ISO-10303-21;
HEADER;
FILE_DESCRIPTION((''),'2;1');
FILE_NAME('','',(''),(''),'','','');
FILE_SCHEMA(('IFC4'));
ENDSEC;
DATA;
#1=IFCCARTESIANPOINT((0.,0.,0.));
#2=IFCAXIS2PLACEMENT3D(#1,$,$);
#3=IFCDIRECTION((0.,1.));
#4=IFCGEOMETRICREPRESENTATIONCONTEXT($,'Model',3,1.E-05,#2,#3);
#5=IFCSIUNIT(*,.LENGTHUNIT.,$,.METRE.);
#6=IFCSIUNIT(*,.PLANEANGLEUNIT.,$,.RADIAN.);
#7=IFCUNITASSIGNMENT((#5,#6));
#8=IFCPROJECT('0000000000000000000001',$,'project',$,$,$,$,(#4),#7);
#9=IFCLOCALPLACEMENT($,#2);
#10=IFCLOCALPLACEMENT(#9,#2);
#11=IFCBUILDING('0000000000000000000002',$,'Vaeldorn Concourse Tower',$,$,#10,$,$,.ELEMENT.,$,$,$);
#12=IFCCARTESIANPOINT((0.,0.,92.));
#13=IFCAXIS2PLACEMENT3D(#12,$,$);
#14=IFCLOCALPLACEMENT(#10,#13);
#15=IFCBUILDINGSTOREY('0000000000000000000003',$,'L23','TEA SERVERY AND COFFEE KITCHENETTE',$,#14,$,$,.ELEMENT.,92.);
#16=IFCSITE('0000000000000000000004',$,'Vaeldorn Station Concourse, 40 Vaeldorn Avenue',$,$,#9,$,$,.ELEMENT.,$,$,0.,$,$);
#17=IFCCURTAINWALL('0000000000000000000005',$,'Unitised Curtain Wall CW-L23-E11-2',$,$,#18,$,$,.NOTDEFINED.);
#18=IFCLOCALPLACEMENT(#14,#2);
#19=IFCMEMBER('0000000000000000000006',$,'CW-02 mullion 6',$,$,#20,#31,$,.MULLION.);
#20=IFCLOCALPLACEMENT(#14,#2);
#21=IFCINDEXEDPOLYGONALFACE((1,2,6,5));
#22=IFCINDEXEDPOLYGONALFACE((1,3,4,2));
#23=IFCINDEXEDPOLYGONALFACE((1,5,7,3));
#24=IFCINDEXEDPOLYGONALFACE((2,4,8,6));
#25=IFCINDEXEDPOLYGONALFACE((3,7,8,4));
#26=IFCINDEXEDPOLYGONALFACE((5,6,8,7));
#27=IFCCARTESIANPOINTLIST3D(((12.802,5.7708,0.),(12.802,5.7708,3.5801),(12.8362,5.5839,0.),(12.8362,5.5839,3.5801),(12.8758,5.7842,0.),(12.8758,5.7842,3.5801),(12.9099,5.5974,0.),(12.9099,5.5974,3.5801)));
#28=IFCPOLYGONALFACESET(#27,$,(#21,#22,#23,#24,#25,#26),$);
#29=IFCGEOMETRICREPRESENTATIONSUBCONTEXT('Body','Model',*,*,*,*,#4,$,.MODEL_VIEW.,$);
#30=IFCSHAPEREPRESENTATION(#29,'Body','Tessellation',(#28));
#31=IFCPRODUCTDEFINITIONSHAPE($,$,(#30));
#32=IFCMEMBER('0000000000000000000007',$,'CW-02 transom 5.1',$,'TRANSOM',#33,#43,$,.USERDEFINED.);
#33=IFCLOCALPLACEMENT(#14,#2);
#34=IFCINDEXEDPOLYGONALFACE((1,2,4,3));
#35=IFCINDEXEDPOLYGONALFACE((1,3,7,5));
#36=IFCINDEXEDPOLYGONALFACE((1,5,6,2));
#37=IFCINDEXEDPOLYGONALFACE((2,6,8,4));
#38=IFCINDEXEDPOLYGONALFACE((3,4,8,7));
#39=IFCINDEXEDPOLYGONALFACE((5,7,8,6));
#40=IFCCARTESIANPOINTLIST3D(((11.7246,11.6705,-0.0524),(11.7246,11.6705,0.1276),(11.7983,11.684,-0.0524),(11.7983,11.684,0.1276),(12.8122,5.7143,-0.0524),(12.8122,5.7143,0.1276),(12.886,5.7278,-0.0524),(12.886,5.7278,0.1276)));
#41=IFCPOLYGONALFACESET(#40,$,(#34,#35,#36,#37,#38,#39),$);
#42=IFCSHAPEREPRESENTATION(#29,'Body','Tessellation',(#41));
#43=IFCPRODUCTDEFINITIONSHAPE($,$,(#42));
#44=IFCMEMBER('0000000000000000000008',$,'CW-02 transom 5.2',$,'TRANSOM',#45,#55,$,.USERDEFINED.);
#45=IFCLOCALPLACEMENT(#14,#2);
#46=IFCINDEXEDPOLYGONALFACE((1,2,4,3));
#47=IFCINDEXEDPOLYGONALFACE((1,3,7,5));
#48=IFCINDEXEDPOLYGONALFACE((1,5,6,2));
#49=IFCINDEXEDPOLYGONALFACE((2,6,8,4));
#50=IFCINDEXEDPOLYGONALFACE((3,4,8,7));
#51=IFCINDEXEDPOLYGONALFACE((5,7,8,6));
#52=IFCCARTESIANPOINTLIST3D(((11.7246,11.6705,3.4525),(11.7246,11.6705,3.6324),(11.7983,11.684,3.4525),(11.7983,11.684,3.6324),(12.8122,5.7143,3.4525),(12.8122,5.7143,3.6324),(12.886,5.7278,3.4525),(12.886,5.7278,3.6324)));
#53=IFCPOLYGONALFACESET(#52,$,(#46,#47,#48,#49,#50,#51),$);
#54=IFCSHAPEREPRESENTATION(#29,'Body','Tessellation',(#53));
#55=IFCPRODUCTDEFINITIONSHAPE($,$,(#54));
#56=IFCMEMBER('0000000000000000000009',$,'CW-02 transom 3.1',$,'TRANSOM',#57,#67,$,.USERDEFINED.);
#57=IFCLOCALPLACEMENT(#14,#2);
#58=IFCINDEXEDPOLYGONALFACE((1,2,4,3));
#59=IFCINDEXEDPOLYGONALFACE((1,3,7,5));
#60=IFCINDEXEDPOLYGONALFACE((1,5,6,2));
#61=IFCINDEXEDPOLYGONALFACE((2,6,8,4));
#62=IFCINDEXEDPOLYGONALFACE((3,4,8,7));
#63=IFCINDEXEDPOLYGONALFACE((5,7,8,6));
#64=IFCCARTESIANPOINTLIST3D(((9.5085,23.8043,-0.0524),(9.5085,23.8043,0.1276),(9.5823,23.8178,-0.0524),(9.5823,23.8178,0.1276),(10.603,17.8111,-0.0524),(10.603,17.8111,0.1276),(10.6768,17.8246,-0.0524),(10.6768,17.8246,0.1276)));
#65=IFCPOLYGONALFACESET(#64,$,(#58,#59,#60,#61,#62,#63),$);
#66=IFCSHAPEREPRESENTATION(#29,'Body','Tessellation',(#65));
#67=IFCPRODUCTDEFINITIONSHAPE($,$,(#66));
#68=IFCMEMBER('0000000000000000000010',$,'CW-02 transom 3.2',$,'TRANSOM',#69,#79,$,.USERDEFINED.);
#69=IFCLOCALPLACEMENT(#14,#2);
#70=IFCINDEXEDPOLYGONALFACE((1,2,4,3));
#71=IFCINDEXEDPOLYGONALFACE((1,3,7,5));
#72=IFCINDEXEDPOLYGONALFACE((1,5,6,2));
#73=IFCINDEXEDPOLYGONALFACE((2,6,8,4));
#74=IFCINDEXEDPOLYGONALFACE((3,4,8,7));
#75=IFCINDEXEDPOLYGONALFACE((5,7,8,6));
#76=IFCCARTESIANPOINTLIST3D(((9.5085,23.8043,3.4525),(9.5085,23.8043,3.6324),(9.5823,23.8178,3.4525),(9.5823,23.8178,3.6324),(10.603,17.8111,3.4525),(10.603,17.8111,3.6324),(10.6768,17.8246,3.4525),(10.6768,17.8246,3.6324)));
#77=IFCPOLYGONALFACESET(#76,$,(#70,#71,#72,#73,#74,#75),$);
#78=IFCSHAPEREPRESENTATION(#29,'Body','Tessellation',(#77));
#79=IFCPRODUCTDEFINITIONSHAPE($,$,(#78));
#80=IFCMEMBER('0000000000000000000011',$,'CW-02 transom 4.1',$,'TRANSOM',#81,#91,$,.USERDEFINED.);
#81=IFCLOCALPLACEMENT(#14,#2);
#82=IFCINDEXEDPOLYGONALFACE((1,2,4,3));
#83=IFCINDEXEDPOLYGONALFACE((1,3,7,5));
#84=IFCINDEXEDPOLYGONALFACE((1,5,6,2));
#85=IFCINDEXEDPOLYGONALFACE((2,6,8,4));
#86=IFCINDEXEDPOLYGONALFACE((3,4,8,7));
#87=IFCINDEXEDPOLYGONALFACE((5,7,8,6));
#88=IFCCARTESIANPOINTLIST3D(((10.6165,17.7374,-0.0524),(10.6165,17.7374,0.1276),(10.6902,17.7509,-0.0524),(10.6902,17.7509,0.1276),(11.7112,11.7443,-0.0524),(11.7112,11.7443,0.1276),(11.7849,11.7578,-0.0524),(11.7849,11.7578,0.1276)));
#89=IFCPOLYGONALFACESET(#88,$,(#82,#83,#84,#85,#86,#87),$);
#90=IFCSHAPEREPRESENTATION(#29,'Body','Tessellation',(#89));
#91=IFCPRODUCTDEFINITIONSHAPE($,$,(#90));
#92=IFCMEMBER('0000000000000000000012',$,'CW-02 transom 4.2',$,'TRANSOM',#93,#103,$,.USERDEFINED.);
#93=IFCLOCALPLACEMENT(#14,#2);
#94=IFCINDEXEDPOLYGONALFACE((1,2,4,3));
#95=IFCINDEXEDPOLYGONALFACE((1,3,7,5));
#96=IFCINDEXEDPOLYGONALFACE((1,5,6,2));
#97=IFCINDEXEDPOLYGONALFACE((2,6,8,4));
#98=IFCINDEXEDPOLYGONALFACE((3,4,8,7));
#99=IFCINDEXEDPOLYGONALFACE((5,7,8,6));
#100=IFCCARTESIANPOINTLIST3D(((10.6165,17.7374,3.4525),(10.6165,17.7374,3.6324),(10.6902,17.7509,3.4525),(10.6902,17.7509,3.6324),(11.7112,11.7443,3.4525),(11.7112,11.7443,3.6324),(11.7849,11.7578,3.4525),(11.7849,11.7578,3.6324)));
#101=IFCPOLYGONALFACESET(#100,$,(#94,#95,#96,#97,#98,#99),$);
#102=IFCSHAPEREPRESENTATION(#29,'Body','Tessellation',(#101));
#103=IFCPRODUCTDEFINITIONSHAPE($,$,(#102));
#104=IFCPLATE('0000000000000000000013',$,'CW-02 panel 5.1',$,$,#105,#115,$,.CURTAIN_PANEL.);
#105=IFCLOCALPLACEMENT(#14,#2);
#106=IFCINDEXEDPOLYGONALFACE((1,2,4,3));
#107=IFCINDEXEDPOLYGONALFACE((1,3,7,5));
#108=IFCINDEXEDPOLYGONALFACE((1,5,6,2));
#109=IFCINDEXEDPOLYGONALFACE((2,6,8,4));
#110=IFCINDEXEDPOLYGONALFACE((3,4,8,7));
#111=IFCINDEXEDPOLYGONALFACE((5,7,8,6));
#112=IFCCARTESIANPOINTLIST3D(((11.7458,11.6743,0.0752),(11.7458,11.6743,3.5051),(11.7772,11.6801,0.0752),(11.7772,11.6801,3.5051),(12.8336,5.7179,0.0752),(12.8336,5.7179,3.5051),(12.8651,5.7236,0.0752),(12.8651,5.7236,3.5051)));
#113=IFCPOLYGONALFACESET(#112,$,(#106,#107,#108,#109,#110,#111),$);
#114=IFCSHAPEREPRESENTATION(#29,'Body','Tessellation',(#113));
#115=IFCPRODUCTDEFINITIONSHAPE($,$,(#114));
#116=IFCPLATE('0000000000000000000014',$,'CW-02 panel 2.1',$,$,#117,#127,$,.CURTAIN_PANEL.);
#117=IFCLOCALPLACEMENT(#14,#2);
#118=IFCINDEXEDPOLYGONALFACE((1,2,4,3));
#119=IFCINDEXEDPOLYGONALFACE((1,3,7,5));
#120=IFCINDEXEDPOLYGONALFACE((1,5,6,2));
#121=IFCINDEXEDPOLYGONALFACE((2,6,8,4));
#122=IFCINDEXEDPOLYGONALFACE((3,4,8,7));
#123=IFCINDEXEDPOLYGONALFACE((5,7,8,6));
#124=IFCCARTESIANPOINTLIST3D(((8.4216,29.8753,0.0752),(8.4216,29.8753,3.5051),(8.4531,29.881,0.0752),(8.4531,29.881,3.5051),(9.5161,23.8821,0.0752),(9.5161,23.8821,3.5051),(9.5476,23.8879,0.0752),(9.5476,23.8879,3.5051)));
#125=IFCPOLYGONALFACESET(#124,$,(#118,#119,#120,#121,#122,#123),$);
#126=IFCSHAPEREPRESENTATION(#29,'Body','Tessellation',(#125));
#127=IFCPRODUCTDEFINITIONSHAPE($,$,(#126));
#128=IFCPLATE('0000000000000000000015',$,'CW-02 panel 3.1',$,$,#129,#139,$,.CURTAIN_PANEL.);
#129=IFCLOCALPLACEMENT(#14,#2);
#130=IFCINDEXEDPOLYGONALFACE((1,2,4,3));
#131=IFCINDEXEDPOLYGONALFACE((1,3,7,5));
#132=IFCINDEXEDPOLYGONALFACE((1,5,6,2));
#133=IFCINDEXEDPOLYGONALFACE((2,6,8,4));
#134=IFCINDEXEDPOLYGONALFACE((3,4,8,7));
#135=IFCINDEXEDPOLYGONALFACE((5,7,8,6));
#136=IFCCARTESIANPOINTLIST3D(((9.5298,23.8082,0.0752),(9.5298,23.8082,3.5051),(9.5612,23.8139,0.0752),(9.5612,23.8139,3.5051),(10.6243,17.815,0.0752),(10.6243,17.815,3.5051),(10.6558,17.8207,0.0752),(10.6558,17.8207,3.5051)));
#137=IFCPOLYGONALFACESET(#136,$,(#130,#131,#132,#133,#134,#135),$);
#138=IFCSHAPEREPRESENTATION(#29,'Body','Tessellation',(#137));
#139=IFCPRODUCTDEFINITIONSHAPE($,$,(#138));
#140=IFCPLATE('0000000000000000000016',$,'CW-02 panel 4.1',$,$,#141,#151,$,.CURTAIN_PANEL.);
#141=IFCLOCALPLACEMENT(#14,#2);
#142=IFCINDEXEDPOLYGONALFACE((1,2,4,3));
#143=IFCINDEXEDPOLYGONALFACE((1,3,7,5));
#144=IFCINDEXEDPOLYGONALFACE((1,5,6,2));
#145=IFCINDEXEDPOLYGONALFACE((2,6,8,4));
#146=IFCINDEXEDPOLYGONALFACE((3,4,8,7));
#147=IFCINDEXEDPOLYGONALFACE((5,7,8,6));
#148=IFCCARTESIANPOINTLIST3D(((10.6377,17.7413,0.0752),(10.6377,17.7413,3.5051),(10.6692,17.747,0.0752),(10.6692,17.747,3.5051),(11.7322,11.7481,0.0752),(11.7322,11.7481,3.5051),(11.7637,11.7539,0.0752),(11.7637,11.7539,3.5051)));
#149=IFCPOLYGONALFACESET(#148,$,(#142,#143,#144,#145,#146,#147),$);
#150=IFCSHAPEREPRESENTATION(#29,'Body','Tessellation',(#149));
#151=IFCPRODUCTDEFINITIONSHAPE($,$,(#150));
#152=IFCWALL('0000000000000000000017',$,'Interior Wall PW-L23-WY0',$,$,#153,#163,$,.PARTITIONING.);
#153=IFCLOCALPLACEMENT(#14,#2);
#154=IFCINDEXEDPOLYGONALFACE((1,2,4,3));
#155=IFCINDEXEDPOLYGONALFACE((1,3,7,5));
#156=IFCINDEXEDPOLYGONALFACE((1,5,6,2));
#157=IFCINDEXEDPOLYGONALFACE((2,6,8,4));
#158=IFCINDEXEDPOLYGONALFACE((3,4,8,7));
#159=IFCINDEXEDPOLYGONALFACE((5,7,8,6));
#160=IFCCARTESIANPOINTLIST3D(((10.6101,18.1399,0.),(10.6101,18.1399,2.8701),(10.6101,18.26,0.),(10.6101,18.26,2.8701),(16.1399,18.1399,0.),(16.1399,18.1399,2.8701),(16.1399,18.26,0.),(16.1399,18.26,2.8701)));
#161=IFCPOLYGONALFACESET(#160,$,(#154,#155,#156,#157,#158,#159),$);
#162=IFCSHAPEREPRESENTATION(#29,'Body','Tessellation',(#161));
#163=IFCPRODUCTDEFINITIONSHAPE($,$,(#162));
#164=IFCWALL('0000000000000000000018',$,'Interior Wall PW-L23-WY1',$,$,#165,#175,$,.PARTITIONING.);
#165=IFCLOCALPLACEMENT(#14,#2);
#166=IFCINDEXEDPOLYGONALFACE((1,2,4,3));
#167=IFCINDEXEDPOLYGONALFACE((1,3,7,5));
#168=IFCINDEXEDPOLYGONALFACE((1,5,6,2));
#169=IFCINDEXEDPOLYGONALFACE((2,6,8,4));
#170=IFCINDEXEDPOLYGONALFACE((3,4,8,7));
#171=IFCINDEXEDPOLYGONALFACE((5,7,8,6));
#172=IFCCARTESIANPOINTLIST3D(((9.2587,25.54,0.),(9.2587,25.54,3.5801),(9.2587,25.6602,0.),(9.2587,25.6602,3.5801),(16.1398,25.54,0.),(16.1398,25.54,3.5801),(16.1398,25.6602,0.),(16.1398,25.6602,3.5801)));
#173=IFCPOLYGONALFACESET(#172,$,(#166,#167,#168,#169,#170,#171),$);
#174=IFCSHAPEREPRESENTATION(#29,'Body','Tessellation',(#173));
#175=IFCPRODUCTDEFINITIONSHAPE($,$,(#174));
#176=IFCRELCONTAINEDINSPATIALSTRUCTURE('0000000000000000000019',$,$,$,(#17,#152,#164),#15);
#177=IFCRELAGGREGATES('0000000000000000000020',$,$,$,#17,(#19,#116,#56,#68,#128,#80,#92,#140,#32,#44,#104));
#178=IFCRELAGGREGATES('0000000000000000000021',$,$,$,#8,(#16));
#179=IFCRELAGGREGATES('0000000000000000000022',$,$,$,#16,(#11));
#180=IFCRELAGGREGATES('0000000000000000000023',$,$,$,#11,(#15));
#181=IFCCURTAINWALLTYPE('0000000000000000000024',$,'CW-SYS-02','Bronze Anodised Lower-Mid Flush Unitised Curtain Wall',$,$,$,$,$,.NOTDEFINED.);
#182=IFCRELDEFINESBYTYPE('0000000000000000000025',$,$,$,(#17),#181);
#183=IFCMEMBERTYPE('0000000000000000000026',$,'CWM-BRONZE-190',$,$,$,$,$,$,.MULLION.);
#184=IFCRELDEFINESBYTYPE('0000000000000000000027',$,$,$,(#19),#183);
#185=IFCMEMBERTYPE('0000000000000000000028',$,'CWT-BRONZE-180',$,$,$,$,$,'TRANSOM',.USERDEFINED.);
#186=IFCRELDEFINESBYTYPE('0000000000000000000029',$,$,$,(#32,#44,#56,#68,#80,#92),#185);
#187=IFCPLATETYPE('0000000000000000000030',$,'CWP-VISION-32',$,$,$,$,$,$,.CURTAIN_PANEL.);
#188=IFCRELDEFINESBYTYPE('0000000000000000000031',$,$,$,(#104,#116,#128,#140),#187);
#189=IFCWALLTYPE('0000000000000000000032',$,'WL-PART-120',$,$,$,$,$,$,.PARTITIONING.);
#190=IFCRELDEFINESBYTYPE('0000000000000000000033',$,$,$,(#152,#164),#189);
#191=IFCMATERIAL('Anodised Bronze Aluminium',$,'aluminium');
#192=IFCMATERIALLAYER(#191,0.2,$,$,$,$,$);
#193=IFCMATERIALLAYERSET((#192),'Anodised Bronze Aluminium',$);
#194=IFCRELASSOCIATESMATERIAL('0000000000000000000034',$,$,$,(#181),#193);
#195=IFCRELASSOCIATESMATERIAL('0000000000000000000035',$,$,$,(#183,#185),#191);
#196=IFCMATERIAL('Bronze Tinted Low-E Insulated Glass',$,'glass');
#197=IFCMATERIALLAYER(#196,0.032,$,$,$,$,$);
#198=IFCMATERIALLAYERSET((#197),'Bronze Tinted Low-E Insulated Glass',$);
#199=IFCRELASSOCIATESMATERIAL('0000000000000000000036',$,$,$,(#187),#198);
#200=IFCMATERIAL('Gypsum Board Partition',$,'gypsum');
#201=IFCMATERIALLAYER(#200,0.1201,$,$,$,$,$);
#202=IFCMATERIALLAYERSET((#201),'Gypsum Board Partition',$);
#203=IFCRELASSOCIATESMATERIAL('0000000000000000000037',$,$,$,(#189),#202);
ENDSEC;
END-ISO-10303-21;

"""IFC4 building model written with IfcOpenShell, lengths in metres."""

from ifc_helpers import new_model, si_unit, direction, frame, frame_2d, origin, origin_2d, place, context, subcontext, project, spatial, rectangle, extrude, source, transform, mapped, material, layer, layer_set, material_profile, profile_set, type_object, element, aggregate, save


model = new_model("IFC4")

# Units and contexts
model_context = context("Model", 3, precision=1e-05, world=origin(), true_north=direction((0.0, 1.0)))
body_context = subcontext(model_context, "Body", "Model", "MODEL_VIEW")
ifc_project = project(units=[si_unit("LENGTHUNIT", "METRE"), si_unit("PLANEANGLEUNIT", "RADIAN")], contexts=[model_context])

# Site, building, storey
site_placement = place(None, origin())
site = spatial("IfcSite", under=ifc_project, at=site_placement, Name="Vaeldorn Station Concourse, 40 Vaeldorn Avenue", CompositionType="ELEMENT", RefElevation=0.0)
building_placement = place(site_placement, origin())
building = spatial("IfcBuilding", under=site, at=building_placement, Name="Vaeldorn Concourse Tower", CompositionType="ELEMENT")
storey_placement = place(building_placement, frame((0.0, 0.0, 92.0)))
storey = spatial("IfcBuildingStorey", under=building, at=storey_placement, Name="L23", Description="TEA SERVERY AND COFFEE KITCHENETTE", CompositionType="ELEMENT", Elevation=92.0)

# Curtain wall, members, plates
ifc_material_1 = material(Name="Anodised Bronze Aluminium", Category="aluminium")
ifc_layer_1 = layer(ifc_material_1, 0.2)
ifc_layer_set_1 = layer_set([ifc_layer_1], Name="Anodised Bronze Aluminium")
curtain_wall_type = type_object("IfcCurtainWallType", Name="CW-SYS-02", Description="Bronze Anodised Lower-Mid Flush Unitised Curtain Wall", PredefinedType="NOTDEFINED", material=ifc_layer_set_1)
curtain_wall_placement = place(storey_placement, origin())
curtain_wall = element("IfcCurtainWall", 1, at=curtain_wall_placement, inside=storey, type_object=curtain_wall_type, Name="Unitised Curtain Wall CW-L23-E11-2", PredefinedType="NOTDEFINED")
ifc_material_profile_1 = material_profile(ifc_material_1, rectangle(XDim=0.075, YDim=0.1899, at=origin_2d()), Name="CWM 75x190")
ifc_profile_set_1 = profile_set([ifc_material_profile_1], Name="Anodised Bronze Aluminium")
member_type_1 = type_object("IfcMemberType", Name="CWM-BRONZE-190", PredefinedType="MULLION", material=ifc_profile_set_1)
shared_shape_1 = source(origin(), body_context, "Body", "SweptSolid", [
    extrude(rectangle(XDim=0.075, YDim=0.1899, at=origin_2d()), origin(), (0.0, 0.0, 1.0), 3.5801),
])
member_1_placement = place(storey_placement, frame((12.856, 5.6841, 0.0), z_axis=(0.0, 0.0, 1.0), x_axis=(0.983729, 0.179656, 0.0)))
member_1 = element("IfcMember", 2, at=member_1_placement, type_object=member_type_1, Name="CW-02 mullion 6", PredefinedType="MULLION", context=body_context, shape_type="MappedRepresentation", body=[
    mapped(shared_shape_1, transform((0.0, 0.0, 0.0), scale=1.0)),
])
ifc_material_profile_2 = material_profile(ifc_material_1, rectangle(XDim=0.075, YDim=0.1799, at=origin_2d()), Name="CWT 75x180")
ifc_profile_set_2 = profile_set([ifc_material_profile_2], Name="Anodised Bronze Aluminium")
member_type_2 = type_object("IfcMemberType", Name="CWT-BRONZE-180", ElementType="TRANSOM", PredefinedType="USERDEFINED", material=ifc_profile_set_2)
shared_shape_2 = source(origin(), body_context, "Body", "SweptSolid", [
    extrude(rectangle(XDim=0.075, YDim=0.1799, at=origin_2d()), origin(), (0.0, 0.0, 1.0), 6.0547),
])
member_2_placement = place(storey_placement, frame((11.7615, 11.6772, 0.0376), z_axis=(0.179634, -0.983733, 0.0), x_axis=(0.983733, 0.179634, 0.0)))
member_2 = element("IfcMember", 3, at=member_2_placement, type_object=member_type_2, Name="CW-02 transom 5.1", ObjectType="TRANSOM", PredefinedType="USERDEFINED", context=body_context, shape_type="MappedRepresentation", body=[
    mapped(shared_shape_2, transform((0.0, 0.0, 0.0), scale=1.0)),
])
member_3_placement = place(storey_placement, frame((11.7615, 11.6772, 3.5425), z_axis=(0.179634, -0.983733, 0.0), x_axis=(0.983733, 0.179634, 0.0)))
member_3 = element("IfcMember", 4, at=member_3_placement, type_object=member_type_2, Name="CW-02 transom 5.2", ObjectType="TRANSOM", PredefinedType="USERDEFINED", context=body_context, shape_type="MappedRepresentation", body=[
    mapped(shared_shape_2, transform((0.0, 0.0, 0.0), scale=1.0)),
])
shared_shape_3 = source(origin(), body_context, "Body", "SweptSolid", [
    extrude(rectangle(XDim=0.075, YDim=0.1799, at=origin_2d()), origin(), (0.0, 0.0, 1.0), 6.0923),
])
member_4_placement = place(storey_placement, frame((9.5454, 23.811, 0.0376), z_axis=(0.179651, -0.98373, 0.0), x_axis=(0.98373, 0.179651, 0.0)))
member_4 = element("IfcMember", 5, at=member_4_placement, type_object=member_type_2, Name="CW-02 transom 3.1", ObjectType="TRANSOM", PredefinedType="USERDEFINED", context=body_context, shape_type="MappedRepresentation", body=[
    mapped(shared_shape_3, transform((0.0, 0.0, 0.0), scale=1.0)),
])
member_5_placement = place(storey_placement, frame((9.5454, 23.811, 3.5425), z_axis=(0.179651, -0.98373, 0.0), x_axis=(0.98373, 0.179651, 0.0)))
member_5 = element("IfcMember", 6, at=member_5_placement, type_object=member_type_2, Name="CW-02 transom 3.2", ObjectType="TRANSOM", PredefinedType="USERDEFINED", context=body_context, shape_type="MappedRepresentation", body=[
    mapped(shared_shape_3, transform((0.0, 0.0, 0.0), scale=1.0)),
])
member_6_placement = place(storey_placement, frame((10.6533, 17.7441, 0.0376), z_axis=(0.179689, -0.983723, 0.0), x_axis=(0.983723, 0.179689, 0.0)))
member_6 = element("IfcMember", 7, at=member_6_placement, type_object=member_type_2, Name="CW-02 transom 4.1", ObjectType="TRANSOM", PredefinedType="USERDEFINED", context=body_context, shape_type="MappedRepresentation", body=[
    mapped(shared_shape_3, transform((0.0, 0.0, 0.0), scale=1.0)),
])
member_7_placement = place(storey_placement, frame((10.6533, 17.7441, 3.5425), z_axis=(0.179689, -0.983723, 0.0), x_axis=(0.983723, 0.179689, 0.0)))
member_7 = element("IfcMember", 8, at=member_7_placement, type_object=member_type_2, Name="CW-02 transom 4.2", ObjectType="TRANSOM", PredefinedType="USERDEFINED", context=body_context, shape_type="MappedRepresentation", body=[
    mapped(shared_shape_3, transform((0.0, 0.0, 0.0), scale=1.0)),
])
ifc_material_2 = material(Name="Bronze Tinted Low-E Insulated Glass", Category="glass")
ifc_layer_2 = layer(ifc_material_2, 0.032)
ifc_layer_set_2 = layer_set([ifc_layer_2], Name="Bronze Tinted Low-E Insulated Glass")
plate_type = type_object("IfcPlateType", Name="CWP-VISION-32", PredefinedType="CURTAIN_PANEL", material=ifc_layer_set_2)
shared_shape_4 = source(origin(), body_context, "Body", "SweptSolid", [
    extrude(rectangle(XDim=6.0549, YDim=0.032, at=origin_2d()), origin(), (0.0, 0.0, 1.0), 3.4299),
])
plate_1_placement = place(storey_placement, frame((12.3054, 8.699, 0.0752), z_axis=(0.0, 0.0, 1.0), x_axis=(0.179656, -0.983729, 0.0)))
plate_1 = element("IfcPlate", 9, at=plate_1_placement, type_object=plate_type, Name="CW-02 panel 5.1", PredefinedType="CURTAIN_PANEL", context=body_context, shape_type="MappedRepresentation", body=[
    mapped(shared_shape_4, transform((0.0, 0.0, 0.0), scale=1.0)),
])
shared_shape_5 = source(origin(), body_context, "Body", "SweptSolid", [
    extrude(rectangle(XDim=6.0923, YDim=0.032, at=origin_2d()), origin(), (0.0, 0.0, 1.0), 3.4299),
])
plate_2_placement = place(storey_placement, frame((8.9846, 26.8816, 0.0752), z_axis=(0.0, 0.0, 1.0), x_axis=(0.179656, -0.983729, 0.0)))
plate_2 = element("IfcPlate", 10, at=plate_2_placement, type_object=plate_type, Name="CW-02 panel 2.1", PredefinedType="CURTAIN_PANEL", context=body_context, shape_type="MappedRepresentation", body=[
    mapped(shared_shape_5, transform((0.0, 0.0, 0.0), scale=1.0)),
])
plate_3_placement = place(storey_placement, frame((10.0928, 20.8145, 0.0752), z_axis=(0.0, 0.0, 1.0), x_axis=(0.179656, -0.983729, 0.0)))
plate_3 = element("IfcPlate", 11, at=plate_3_placement, type_object=plate_type, Name="CW-02 panel 3.1", PredefinedType="CURTAIN_PANEL", context=body_context, shape_type="MappedRepresentation", body=[
    mapped(shared_shape_5, transform((0.0, 0.0, 0.0), scale=1.0)),
])
plate_4_placement = place(storey_placement, frame((11.2007, 14.7476, 0.0752), z_axis=(0.0, 0.0, 1.0), x_axis=(0.179656, -0.983729, 0.0)))
plate_4 = element("IfcPlate", 12, at=plate_4_placement, type_object=plate_type, Name="CW-02 panel 4.1", PredefinedType="CURTAIN_PANEL", context=body_context, shape_type="MappedRepresentation", body=[
    mapped(shared_shape_5, transform((0.0, 0.0, 0.0), scale=1.0)),
])
aggregate(curtain_wall, [member_1, plate_2, member_4, member_5, plate_3, member_6, member_7, plate_4, member_2, member_3, plate_1])

# Walls
ifc_material_3 = material(Name="Gypsum Board Partition", Category="gypsum")
ifc_layer_3 = layer(ifc_material_3, 0.1201)
ifc_layer_set_3 = layer_set([ifc_layer_3], Name="Gypsum Board Partition")
wall_type = type_object("IfcWallType", Name="WL-PART-120", PredefinedType="PARTITIONING", material=ifc_layer_set_3)
wall_1_placement = place(storey_placement, frame((10.6101, 18.2, 0.0), z_axis=(0.0, 0.0, 1.0), x_axis=(1.0, 0.0, 0.0)))
element("IfcWall", 13, at=wall_1_placement, inside=storey, type_object=wall_type, Name="Interior Wall PW-L23-WY0", PredefinedType="PARTITIONING", context=body_context, shape_type="SweptSolid", body=[
    extrude(rectangle(XDim=5.5298, YDim=0.1201, at=frame_2d((2.7649, 0.0))), origin(), (0.0, 0.0, 1.0), 2.8701),
])
wall_2_placement = place(storey_placement, frame((9.2588, 25.6001, 0.0), z_axis=(0.0, 0.0, 1.0), x_axis=(1.0, 0.0, 0.0)))
element("IfcWall", 14, at=wall_2_placement, inside=storey, type_object=wall_type, Name="Interior Wall PW-L23-WY1", PredefinedType="PARTITIONING", context=body_context, shape_type="SweptSolid", body=[
    extrude(rectangle(XDim=6.8811, YDim=0.1201, at=frame_2d((3.4404, 0.0))), origin(), (0.0, 0.0, 1.0), 3.5801),
])

save(model, "model.ifc")
